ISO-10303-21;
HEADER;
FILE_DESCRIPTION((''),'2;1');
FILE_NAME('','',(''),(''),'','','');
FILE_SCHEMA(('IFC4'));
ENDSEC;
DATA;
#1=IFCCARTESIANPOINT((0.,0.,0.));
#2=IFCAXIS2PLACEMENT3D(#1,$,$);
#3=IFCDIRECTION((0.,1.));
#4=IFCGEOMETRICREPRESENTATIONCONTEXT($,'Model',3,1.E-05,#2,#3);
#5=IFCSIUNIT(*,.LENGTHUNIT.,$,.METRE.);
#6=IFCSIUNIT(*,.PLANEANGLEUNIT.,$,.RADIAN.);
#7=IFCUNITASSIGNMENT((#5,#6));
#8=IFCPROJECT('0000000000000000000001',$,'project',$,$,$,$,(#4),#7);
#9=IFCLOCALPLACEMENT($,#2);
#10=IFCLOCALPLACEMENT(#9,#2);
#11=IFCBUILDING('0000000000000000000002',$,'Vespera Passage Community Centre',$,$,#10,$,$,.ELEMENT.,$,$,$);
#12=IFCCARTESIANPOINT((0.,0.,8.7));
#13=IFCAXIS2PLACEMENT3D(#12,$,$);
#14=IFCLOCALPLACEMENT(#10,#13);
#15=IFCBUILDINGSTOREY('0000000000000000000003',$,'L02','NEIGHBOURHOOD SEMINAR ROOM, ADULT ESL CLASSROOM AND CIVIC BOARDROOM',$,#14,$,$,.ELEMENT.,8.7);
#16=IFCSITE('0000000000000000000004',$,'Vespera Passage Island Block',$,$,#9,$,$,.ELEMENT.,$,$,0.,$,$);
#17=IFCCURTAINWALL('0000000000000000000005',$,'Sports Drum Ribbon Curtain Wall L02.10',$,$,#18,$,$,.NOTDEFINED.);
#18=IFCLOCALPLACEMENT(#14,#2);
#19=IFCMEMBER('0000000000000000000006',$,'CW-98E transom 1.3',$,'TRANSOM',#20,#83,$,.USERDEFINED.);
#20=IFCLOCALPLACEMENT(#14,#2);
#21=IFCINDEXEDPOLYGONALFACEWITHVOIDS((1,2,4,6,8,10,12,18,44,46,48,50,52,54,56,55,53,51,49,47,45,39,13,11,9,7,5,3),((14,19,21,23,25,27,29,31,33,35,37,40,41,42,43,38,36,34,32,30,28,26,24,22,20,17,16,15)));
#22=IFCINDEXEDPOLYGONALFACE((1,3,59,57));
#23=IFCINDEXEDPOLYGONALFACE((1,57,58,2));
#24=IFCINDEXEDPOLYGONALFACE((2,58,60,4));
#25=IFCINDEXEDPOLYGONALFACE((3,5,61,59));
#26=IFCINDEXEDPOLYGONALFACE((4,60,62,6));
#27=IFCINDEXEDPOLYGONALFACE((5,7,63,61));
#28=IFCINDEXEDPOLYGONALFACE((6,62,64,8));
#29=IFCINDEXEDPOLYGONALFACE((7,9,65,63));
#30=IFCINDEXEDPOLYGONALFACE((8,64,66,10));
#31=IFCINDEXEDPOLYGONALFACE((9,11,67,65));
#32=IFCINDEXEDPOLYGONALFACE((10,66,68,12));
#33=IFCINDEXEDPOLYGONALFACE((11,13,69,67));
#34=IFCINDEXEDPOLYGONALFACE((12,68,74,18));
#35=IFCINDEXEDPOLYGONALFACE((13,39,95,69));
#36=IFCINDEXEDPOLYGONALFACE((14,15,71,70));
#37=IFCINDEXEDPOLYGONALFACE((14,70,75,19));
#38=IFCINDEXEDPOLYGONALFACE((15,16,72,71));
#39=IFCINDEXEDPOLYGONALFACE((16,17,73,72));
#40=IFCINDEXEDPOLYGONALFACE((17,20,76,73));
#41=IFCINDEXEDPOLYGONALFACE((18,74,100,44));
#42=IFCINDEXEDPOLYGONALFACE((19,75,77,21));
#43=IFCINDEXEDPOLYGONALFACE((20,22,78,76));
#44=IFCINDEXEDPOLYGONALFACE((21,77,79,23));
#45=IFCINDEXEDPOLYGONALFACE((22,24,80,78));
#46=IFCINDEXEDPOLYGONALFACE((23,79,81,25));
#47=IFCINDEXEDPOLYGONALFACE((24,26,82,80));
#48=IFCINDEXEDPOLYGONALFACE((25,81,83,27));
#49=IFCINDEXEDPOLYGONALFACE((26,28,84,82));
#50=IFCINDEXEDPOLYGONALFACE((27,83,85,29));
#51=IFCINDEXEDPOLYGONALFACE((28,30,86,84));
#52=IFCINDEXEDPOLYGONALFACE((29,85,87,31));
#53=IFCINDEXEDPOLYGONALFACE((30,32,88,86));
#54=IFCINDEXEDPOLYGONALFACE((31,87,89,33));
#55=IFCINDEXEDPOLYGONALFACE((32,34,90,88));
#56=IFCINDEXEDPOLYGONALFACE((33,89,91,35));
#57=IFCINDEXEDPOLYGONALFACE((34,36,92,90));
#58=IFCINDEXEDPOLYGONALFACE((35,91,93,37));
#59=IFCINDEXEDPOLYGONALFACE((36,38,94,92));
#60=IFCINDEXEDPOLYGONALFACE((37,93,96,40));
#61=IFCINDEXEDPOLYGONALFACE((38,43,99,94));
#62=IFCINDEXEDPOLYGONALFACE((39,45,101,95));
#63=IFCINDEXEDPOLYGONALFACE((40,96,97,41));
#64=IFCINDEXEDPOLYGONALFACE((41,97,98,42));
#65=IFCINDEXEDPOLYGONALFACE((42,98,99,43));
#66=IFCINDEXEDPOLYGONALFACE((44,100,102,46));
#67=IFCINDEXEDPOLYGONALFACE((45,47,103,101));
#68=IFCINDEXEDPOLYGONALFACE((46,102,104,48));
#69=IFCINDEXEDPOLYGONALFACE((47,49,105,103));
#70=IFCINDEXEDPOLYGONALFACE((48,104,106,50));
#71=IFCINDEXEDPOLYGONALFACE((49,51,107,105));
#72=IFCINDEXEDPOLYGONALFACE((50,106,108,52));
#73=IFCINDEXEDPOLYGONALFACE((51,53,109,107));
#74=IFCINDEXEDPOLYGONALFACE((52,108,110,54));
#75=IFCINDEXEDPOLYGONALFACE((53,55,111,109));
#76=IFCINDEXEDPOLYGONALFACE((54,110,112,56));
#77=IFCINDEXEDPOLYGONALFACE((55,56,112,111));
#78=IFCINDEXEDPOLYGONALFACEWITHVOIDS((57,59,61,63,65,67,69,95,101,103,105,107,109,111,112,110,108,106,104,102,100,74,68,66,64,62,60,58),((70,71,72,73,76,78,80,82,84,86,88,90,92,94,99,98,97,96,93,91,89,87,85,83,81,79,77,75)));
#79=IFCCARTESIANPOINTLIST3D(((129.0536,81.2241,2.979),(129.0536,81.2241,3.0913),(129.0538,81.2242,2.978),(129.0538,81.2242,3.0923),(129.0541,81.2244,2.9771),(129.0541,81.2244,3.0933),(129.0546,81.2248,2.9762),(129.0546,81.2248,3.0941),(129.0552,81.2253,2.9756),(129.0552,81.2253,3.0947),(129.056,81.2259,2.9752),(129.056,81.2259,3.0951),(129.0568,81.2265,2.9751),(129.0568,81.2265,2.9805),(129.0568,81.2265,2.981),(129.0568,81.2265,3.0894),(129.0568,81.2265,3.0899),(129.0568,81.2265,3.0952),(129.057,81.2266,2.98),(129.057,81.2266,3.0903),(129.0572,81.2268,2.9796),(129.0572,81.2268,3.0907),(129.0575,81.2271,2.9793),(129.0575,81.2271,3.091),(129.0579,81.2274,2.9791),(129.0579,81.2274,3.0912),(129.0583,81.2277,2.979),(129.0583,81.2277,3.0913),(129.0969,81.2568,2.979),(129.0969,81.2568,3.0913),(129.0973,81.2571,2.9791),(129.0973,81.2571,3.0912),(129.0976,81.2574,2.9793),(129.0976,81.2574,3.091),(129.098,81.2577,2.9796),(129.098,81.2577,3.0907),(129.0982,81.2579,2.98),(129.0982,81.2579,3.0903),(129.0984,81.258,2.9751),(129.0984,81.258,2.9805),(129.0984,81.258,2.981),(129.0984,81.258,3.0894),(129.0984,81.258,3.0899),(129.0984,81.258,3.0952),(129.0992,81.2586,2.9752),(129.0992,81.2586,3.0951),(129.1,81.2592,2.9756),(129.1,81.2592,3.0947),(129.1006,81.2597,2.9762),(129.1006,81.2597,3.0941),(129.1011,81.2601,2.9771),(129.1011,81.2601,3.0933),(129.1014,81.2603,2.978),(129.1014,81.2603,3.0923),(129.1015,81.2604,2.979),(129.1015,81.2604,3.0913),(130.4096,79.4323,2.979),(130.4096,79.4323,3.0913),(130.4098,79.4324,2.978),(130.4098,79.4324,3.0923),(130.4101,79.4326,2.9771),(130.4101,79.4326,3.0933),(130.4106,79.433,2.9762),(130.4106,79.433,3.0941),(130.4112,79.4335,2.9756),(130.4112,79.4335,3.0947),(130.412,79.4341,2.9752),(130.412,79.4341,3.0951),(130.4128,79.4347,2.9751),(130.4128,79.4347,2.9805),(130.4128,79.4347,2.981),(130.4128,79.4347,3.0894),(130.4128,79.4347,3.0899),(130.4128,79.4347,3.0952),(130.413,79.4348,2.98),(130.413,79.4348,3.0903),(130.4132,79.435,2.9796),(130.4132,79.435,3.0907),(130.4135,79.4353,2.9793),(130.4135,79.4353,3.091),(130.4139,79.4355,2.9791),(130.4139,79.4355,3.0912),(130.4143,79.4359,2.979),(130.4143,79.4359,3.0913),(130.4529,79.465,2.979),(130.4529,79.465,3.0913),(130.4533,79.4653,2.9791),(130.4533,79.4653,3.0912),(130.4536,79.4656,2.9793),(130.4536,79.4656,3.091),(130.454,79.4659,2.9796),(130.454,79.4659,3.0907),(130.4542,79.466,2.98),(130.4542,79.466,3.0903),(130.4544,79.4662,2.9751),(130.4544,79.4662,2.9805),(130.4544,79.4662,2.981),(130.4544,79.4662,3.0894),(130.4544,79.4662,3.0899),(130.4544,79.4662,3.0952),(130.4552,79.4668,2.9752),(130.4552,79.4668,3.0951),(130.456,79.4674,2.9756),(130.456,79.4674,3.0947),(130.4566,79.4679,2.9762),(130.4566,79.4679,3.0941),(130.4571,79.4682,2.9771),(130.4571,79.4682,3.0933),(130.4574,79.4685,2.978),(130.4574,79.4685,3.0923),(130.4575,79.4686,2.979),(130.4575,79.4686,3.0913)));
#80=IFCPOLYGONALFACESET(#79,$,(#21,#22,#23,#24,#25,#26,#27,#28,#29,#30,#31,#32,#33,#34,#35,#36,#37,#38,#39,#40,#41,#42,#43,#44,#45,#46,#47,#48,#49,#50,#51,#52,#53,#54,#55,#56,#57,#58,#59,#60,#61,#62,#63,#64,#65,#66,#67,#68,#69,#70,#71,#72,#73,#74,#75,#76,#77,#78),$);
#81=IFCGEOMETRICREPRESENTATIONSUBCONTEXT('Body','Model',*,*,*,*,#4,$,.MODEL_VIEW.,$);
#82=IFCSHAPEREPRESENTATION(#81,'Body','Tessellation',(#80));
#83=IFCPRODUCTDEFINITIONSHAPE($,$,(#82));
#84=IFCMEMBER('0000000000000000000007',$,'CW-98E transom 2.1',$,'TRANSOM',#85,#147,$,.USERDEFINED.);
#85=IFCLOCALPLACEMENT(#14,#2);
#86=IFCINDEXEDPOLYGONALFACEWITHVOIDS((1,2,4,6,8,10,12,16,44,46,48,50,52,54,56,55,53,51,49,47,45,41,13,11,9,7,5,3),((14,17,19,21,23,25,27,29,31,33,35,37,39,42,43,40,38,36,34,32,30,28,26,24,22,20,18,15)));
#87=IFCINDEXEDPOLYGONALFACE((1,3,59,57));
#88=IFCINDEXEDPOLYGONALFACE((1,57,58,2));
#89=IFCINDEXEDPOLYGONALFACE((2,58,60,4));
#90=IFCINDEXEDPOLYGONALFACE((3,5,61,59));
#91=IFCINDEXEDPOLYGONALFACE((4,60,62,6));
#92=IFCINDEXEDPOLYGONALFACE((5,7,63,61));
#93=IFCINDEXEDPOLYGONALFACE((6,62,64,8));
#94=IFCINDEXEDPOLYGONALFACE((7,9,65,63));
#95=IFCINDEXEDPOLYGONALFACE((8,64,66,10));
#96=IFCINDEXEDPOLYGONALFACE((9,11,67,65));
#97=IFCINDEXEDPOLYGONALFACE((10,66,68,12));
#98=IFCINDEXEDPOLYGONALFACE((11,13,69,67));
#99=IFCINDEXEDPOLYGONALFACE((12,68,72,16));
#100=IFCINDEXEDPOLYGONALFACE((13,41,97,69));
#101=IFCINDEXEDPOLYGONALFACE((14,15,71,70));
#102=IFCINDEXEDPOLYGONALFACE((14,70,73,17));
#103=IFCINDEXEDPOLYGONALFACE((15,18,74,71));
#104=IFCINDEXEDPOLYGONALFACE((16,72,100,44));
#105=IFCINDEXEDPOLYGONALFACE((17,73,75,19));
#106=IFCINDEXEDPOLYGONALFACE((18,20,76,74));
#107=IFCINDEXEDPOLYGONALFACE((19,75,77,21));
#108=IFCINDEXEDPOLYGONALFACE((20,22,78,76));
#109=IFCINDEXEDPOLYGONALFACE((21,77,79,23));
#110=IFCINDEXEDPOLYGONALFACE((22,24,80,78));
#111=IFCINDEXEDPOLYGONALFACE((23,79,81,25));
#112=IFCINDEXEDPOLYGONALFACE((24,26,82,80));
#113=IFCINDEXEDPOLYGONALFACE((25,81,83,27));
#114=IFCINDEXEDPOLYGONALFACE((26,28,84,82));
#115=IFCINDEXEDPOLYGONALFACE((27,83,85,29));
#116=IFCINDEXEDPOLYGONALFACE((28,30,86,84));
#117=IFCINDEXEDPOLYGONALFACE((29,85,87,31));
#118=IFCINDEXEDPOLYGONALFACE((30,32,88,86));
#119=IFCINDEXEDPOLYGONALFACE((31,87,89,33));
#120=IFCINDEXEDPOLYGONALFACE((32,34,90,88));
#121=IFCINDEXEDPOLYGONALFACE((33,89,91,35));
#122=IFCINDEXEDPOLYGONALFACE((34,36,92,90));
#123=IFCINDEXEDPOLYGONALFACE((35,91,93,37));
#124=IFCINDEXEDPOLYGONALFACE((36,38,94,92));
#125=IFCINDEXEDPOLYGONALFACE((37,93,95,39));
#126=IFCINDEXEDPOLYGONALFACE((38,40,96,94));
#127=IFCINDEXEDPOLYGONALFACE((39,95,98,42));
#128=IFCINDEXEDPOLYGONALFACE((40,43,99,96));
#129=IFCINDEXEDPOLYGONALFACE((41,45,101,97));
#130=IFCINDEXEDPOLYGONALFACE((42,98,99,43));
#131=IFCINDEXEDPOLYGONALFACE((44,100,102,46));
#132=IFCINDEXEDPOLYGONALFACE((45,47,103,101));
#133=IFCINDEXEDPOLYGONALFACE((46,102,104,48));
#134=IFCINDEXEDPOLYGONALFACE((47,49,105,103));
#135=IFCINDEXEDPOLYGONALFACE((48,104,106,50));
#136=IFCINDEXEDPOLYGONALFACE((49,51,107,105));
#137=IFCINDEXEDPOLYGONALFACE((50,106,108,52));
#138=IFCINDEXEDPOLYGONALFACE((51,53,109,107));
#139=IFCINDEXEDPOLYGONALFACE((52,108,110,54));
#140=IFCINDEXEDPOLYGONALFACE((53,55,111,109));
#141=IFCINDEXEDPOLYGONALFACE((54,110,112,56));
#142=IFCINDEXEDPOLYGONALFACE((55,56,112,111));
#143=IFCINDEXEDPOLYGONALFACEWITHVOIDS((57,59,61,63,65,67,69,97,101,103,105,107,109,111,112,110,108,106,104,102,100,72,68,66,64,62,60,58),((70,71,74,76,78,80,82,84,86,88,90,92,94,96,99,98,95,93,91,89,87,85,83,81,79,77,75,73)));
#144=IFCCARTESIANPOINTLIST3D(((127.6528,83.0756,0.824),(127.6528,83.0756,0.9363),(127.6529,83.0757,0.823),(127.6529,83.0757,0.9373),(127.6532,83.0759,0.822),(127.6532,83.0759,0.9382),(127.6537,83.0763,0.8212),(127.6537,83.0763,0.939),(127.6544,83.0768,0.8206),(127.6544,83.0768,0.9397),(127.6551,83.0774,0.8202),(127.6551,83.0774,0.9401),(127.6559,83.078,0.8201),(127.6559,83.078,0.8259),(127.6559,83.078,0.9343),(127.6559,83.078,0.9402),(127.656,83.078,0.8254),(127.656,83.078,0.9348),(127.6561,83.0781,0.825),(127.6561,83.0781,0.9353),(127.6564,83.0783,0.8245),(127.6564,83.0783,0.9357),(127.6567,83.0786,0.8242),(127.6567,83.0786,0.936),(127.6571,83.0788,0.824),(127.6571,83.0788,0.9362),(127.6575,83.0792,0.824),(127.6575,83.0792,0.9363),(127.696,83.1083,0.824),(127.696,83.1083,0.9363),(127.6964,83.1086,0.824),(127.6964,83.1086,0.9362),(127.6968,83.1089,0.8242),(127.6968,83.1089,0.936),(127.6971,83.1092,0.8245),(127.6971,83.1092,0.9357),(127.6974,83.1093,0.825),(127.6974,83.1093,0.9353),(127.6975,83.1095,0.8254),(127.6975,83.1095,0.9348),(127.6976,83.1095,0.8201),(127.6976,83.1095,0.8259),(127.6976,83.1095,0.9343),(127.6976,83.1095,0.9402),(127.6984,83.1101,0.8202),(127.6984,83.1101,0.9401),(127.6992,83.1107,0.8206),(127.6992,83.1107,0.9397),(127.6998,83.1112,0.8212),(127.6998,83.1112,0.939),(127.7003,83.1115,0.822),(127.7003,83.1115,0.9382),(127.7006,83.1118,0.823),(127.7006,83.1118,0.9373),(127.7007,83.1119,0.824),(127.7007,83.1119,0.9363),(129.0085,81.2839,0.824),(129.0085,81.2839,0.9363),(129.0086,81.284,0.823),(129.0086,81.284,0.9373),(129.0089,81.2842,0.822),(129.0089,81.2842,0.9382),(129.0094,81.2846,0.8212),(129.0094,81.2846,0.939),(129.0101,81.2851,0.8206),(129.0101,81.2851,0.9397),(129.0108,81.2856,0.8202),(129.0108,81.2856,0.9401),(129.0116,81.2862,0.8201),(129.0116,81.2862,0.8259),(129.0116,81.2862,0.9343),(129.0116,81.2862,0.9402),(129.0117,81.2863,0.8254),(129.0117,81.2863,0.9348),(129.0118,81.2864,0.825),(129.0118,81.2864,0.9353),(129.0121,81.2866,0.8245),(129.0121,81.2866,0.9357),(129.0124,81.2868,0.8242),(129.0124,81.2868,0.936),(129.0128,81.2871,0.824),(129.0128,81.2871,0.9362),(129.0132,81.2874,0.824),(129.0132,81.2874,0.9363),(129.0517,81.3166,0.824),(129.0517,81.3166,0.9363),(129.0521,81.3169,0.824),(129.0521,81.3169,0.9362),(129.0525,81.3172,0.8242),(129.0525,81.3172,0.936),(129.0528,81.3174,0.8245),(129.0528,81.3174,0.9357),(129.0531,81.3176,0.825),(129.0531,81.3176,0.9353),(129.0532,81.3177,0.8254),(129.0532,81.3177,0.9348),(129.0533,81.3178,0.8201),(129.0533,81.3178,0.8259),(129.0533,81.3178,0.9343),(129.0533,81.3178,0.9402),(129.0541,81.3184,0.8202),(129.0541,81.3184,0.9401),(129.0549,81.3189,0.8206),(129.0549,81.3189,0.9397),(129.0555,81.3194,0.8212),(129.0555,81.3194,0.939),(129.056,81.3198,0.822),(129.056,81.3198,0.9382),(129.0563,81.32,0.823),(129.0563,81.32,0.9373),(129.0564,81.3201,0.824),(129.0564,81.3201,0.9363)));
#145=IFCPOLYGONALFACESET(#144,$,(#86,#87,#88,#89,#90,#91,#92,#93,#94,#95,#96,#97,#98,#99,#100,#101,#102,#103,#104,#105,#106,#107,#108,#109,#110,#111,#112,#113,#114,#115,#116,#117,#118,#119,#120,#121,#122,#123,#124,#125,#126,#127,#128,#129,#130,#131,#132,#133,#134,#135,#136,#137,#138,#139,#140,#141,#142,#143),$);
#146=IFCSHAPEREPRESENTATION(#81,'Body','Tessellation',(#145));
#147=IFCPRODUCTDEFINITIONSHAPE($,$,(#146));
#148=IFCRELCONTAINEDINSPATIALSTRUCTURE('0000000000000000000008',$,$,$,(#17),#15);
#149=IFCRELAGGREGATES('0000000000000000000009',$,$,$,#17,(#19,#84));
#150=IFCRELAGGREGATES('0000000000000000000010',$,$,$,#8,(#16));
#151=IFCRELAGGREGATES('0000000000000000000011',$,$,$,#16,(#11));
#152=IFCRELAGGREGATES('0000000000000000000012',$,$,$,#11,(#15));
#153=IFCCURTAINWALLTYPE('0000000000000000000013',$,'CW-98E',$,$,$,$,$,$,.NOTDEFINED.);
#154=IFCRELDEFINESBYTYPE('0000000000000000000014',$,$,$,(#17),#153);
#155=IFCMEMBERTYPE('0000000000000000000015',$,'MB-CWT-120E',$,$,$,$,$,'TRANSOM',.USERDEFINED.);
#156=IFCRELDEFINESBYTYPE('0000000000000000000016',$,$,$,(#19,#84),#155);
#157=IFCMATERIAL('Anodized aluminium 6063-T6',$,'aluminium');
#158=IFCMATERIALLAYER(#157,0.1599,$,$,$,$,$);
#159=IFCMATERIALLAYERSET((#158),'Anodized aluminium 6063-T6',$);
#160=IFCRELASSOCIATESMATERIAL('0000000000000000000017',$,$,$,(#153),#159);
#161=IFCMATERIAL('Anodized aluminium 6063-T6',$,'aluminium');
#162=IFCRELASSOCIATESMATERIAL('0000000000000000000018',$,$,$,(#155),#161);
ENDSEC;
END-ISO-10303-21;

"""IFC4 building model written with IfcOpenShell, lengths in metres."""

from ifc_helpers import new_model, si_unit, direction, frame, origin, origin_2d, place, context, subcontext, project, spatial, hollow_rectangle, extrude, material, layer, layer_set, material_profile, profile_set, type_object, element, aggregate, save


model = new_model("IFC4")

# Units and contexts
model_context = context("Model", 3, precision=1e-05, world=origin(), true_north=direction((0.0, 1.0)))
body_context = subcontext(model_context, "Body", "Model", "MODEL_VIEW")
ifc_project = project(units=[si_unit("LENGTHUNIT", "METRE"), si_unit("PLANEANGLEUNIT", "RADIAN")], contexts=[model_context])

# Site, building, storey
site_placement = place(None, origin())
site = spatial("IfcSite", under=ifc_project, at=site_placement, Name="Vespera Passage Island Block", CompositionType="ELEMENT", RefElevation=0.0)
building_placement = place(site_placement, origin())
building = spatial("IfcBuilding", under=site, at=building_placement, Name="Vespera Passage Community Centre", CompositionType="ELEMENT")
storey_placement = place(building_placement, frame((0.0, 0.0, 8.7)))
storey = spatial("IfcBuildingStorey", under=building, at=storey_placement, Name="L02", Description="NEIGHBOURHOOD SEMINAR ROOM, ADULT ESL CLASSROOM AND CIVIC BOARDROOM", CompositionType="ELEMENT", Elevation=8.7)

# Curtain wall
ifc_material_1 = material(Name="Anodized aluminium 6063-T6", Category="aluminium")
ifc_layer_1 = layer(ifc_material_1, 0.1599)
ifc_layer_set_1 = layer_set([ifc_layer_1], Name="Anodized aluminium 6063-T6")
curtain_wall_type_1 = type_object("IfcCurtainWallType", Name="CW-98E", PredefinedType="NOTDEFINED", material=ifc_layer_set_1)
curtain_wall_1_placement = place(storey_placement, origin())
curtain_wall_1 = element("IfcCurtainWall", 1, at=curtain_wall_1_placement, inside=storey, type_object=curtain_wall_type_1, Name="Sports Drum Ribbon Curtain Wall L02.10", PredefinedType="NOTDEFINED")

# Members
ifc_material_2 = material(Name="Anodized aluminium 6063-T6", Category="aluminium")
ifc_material_profile_1 = material_profile(ifc_material_2, hollow_rectangle(XDim=0.0601, YDim=0.1201, WallThickness=0.0039, InnerFilletRadius=0.002, OuterFilletRadius=0.0039, at=origin_2d()), Name="ALU120X60X4")
ifc_profile_set_1 = profile_set([ifc_material_profile_1], Name="Anodized aluminium 6063-T6")
member_type_1 = type_object("IfcMemberType", Name="MB-CWT-120E", ElementType="TRANSOM", PredefinedType="USERDEFINED", material=ifc_profile_set_1)
member_1_placement = place(storey_placement, frame((130.4336, 79.4504, 3.0352), z_axis=(-0.603454, 0.797398, 0.0), x_axis=(-0.797398, -0.603454, 0.0)))
member_1 = element("IfcMember", 2, at=member_1_placement, type_object=member_type_1, Name="CW-98E transom 1.3", ObjectType="TRANSOM", PredefinedType="USERDEFINED", context=body_context, shape_type="SweptSolid", body=[
    extrude(hollow_rectangle(XDim=0.0601, YDim=0.1201, WallThickness=0.0039, InnerFilletRadius=0.002, OuterFilletRadius=0.0039, at=origin_2d()), origin(), (0.0, 0.0, 1.0), 2.2471),
])
member_2_placement = place(storey_placement, frame((129.0325, 81.302, 0.8801), z_axis=(-0.603385, 0.79745, 0.0), x_axis=(-0.79745, -0.603385, 0.0)))
member_2 = element("IfcMember", 3, at=member_2_placement, type_object=member_type_1, Name="CW-98E transom 2.1", ObjectType="TRANSOM", PredefinedType="USERDEFINED", context=body_context, shape_type="SweptSolid", body=[
    extrude(hollow_rectangle(XDim=0.0601, YDim=0.1201, WallThickness=0.0039, InnerFilletRadius=0.002, OuterFilletRadius=0.0039, at=origin_2d()), origin(), (0.0, 0.0, 1.0), 2.2468),
])

aggregate(curtain_wall_1, [member_1, member_2])

save(model, "model.ifc")
